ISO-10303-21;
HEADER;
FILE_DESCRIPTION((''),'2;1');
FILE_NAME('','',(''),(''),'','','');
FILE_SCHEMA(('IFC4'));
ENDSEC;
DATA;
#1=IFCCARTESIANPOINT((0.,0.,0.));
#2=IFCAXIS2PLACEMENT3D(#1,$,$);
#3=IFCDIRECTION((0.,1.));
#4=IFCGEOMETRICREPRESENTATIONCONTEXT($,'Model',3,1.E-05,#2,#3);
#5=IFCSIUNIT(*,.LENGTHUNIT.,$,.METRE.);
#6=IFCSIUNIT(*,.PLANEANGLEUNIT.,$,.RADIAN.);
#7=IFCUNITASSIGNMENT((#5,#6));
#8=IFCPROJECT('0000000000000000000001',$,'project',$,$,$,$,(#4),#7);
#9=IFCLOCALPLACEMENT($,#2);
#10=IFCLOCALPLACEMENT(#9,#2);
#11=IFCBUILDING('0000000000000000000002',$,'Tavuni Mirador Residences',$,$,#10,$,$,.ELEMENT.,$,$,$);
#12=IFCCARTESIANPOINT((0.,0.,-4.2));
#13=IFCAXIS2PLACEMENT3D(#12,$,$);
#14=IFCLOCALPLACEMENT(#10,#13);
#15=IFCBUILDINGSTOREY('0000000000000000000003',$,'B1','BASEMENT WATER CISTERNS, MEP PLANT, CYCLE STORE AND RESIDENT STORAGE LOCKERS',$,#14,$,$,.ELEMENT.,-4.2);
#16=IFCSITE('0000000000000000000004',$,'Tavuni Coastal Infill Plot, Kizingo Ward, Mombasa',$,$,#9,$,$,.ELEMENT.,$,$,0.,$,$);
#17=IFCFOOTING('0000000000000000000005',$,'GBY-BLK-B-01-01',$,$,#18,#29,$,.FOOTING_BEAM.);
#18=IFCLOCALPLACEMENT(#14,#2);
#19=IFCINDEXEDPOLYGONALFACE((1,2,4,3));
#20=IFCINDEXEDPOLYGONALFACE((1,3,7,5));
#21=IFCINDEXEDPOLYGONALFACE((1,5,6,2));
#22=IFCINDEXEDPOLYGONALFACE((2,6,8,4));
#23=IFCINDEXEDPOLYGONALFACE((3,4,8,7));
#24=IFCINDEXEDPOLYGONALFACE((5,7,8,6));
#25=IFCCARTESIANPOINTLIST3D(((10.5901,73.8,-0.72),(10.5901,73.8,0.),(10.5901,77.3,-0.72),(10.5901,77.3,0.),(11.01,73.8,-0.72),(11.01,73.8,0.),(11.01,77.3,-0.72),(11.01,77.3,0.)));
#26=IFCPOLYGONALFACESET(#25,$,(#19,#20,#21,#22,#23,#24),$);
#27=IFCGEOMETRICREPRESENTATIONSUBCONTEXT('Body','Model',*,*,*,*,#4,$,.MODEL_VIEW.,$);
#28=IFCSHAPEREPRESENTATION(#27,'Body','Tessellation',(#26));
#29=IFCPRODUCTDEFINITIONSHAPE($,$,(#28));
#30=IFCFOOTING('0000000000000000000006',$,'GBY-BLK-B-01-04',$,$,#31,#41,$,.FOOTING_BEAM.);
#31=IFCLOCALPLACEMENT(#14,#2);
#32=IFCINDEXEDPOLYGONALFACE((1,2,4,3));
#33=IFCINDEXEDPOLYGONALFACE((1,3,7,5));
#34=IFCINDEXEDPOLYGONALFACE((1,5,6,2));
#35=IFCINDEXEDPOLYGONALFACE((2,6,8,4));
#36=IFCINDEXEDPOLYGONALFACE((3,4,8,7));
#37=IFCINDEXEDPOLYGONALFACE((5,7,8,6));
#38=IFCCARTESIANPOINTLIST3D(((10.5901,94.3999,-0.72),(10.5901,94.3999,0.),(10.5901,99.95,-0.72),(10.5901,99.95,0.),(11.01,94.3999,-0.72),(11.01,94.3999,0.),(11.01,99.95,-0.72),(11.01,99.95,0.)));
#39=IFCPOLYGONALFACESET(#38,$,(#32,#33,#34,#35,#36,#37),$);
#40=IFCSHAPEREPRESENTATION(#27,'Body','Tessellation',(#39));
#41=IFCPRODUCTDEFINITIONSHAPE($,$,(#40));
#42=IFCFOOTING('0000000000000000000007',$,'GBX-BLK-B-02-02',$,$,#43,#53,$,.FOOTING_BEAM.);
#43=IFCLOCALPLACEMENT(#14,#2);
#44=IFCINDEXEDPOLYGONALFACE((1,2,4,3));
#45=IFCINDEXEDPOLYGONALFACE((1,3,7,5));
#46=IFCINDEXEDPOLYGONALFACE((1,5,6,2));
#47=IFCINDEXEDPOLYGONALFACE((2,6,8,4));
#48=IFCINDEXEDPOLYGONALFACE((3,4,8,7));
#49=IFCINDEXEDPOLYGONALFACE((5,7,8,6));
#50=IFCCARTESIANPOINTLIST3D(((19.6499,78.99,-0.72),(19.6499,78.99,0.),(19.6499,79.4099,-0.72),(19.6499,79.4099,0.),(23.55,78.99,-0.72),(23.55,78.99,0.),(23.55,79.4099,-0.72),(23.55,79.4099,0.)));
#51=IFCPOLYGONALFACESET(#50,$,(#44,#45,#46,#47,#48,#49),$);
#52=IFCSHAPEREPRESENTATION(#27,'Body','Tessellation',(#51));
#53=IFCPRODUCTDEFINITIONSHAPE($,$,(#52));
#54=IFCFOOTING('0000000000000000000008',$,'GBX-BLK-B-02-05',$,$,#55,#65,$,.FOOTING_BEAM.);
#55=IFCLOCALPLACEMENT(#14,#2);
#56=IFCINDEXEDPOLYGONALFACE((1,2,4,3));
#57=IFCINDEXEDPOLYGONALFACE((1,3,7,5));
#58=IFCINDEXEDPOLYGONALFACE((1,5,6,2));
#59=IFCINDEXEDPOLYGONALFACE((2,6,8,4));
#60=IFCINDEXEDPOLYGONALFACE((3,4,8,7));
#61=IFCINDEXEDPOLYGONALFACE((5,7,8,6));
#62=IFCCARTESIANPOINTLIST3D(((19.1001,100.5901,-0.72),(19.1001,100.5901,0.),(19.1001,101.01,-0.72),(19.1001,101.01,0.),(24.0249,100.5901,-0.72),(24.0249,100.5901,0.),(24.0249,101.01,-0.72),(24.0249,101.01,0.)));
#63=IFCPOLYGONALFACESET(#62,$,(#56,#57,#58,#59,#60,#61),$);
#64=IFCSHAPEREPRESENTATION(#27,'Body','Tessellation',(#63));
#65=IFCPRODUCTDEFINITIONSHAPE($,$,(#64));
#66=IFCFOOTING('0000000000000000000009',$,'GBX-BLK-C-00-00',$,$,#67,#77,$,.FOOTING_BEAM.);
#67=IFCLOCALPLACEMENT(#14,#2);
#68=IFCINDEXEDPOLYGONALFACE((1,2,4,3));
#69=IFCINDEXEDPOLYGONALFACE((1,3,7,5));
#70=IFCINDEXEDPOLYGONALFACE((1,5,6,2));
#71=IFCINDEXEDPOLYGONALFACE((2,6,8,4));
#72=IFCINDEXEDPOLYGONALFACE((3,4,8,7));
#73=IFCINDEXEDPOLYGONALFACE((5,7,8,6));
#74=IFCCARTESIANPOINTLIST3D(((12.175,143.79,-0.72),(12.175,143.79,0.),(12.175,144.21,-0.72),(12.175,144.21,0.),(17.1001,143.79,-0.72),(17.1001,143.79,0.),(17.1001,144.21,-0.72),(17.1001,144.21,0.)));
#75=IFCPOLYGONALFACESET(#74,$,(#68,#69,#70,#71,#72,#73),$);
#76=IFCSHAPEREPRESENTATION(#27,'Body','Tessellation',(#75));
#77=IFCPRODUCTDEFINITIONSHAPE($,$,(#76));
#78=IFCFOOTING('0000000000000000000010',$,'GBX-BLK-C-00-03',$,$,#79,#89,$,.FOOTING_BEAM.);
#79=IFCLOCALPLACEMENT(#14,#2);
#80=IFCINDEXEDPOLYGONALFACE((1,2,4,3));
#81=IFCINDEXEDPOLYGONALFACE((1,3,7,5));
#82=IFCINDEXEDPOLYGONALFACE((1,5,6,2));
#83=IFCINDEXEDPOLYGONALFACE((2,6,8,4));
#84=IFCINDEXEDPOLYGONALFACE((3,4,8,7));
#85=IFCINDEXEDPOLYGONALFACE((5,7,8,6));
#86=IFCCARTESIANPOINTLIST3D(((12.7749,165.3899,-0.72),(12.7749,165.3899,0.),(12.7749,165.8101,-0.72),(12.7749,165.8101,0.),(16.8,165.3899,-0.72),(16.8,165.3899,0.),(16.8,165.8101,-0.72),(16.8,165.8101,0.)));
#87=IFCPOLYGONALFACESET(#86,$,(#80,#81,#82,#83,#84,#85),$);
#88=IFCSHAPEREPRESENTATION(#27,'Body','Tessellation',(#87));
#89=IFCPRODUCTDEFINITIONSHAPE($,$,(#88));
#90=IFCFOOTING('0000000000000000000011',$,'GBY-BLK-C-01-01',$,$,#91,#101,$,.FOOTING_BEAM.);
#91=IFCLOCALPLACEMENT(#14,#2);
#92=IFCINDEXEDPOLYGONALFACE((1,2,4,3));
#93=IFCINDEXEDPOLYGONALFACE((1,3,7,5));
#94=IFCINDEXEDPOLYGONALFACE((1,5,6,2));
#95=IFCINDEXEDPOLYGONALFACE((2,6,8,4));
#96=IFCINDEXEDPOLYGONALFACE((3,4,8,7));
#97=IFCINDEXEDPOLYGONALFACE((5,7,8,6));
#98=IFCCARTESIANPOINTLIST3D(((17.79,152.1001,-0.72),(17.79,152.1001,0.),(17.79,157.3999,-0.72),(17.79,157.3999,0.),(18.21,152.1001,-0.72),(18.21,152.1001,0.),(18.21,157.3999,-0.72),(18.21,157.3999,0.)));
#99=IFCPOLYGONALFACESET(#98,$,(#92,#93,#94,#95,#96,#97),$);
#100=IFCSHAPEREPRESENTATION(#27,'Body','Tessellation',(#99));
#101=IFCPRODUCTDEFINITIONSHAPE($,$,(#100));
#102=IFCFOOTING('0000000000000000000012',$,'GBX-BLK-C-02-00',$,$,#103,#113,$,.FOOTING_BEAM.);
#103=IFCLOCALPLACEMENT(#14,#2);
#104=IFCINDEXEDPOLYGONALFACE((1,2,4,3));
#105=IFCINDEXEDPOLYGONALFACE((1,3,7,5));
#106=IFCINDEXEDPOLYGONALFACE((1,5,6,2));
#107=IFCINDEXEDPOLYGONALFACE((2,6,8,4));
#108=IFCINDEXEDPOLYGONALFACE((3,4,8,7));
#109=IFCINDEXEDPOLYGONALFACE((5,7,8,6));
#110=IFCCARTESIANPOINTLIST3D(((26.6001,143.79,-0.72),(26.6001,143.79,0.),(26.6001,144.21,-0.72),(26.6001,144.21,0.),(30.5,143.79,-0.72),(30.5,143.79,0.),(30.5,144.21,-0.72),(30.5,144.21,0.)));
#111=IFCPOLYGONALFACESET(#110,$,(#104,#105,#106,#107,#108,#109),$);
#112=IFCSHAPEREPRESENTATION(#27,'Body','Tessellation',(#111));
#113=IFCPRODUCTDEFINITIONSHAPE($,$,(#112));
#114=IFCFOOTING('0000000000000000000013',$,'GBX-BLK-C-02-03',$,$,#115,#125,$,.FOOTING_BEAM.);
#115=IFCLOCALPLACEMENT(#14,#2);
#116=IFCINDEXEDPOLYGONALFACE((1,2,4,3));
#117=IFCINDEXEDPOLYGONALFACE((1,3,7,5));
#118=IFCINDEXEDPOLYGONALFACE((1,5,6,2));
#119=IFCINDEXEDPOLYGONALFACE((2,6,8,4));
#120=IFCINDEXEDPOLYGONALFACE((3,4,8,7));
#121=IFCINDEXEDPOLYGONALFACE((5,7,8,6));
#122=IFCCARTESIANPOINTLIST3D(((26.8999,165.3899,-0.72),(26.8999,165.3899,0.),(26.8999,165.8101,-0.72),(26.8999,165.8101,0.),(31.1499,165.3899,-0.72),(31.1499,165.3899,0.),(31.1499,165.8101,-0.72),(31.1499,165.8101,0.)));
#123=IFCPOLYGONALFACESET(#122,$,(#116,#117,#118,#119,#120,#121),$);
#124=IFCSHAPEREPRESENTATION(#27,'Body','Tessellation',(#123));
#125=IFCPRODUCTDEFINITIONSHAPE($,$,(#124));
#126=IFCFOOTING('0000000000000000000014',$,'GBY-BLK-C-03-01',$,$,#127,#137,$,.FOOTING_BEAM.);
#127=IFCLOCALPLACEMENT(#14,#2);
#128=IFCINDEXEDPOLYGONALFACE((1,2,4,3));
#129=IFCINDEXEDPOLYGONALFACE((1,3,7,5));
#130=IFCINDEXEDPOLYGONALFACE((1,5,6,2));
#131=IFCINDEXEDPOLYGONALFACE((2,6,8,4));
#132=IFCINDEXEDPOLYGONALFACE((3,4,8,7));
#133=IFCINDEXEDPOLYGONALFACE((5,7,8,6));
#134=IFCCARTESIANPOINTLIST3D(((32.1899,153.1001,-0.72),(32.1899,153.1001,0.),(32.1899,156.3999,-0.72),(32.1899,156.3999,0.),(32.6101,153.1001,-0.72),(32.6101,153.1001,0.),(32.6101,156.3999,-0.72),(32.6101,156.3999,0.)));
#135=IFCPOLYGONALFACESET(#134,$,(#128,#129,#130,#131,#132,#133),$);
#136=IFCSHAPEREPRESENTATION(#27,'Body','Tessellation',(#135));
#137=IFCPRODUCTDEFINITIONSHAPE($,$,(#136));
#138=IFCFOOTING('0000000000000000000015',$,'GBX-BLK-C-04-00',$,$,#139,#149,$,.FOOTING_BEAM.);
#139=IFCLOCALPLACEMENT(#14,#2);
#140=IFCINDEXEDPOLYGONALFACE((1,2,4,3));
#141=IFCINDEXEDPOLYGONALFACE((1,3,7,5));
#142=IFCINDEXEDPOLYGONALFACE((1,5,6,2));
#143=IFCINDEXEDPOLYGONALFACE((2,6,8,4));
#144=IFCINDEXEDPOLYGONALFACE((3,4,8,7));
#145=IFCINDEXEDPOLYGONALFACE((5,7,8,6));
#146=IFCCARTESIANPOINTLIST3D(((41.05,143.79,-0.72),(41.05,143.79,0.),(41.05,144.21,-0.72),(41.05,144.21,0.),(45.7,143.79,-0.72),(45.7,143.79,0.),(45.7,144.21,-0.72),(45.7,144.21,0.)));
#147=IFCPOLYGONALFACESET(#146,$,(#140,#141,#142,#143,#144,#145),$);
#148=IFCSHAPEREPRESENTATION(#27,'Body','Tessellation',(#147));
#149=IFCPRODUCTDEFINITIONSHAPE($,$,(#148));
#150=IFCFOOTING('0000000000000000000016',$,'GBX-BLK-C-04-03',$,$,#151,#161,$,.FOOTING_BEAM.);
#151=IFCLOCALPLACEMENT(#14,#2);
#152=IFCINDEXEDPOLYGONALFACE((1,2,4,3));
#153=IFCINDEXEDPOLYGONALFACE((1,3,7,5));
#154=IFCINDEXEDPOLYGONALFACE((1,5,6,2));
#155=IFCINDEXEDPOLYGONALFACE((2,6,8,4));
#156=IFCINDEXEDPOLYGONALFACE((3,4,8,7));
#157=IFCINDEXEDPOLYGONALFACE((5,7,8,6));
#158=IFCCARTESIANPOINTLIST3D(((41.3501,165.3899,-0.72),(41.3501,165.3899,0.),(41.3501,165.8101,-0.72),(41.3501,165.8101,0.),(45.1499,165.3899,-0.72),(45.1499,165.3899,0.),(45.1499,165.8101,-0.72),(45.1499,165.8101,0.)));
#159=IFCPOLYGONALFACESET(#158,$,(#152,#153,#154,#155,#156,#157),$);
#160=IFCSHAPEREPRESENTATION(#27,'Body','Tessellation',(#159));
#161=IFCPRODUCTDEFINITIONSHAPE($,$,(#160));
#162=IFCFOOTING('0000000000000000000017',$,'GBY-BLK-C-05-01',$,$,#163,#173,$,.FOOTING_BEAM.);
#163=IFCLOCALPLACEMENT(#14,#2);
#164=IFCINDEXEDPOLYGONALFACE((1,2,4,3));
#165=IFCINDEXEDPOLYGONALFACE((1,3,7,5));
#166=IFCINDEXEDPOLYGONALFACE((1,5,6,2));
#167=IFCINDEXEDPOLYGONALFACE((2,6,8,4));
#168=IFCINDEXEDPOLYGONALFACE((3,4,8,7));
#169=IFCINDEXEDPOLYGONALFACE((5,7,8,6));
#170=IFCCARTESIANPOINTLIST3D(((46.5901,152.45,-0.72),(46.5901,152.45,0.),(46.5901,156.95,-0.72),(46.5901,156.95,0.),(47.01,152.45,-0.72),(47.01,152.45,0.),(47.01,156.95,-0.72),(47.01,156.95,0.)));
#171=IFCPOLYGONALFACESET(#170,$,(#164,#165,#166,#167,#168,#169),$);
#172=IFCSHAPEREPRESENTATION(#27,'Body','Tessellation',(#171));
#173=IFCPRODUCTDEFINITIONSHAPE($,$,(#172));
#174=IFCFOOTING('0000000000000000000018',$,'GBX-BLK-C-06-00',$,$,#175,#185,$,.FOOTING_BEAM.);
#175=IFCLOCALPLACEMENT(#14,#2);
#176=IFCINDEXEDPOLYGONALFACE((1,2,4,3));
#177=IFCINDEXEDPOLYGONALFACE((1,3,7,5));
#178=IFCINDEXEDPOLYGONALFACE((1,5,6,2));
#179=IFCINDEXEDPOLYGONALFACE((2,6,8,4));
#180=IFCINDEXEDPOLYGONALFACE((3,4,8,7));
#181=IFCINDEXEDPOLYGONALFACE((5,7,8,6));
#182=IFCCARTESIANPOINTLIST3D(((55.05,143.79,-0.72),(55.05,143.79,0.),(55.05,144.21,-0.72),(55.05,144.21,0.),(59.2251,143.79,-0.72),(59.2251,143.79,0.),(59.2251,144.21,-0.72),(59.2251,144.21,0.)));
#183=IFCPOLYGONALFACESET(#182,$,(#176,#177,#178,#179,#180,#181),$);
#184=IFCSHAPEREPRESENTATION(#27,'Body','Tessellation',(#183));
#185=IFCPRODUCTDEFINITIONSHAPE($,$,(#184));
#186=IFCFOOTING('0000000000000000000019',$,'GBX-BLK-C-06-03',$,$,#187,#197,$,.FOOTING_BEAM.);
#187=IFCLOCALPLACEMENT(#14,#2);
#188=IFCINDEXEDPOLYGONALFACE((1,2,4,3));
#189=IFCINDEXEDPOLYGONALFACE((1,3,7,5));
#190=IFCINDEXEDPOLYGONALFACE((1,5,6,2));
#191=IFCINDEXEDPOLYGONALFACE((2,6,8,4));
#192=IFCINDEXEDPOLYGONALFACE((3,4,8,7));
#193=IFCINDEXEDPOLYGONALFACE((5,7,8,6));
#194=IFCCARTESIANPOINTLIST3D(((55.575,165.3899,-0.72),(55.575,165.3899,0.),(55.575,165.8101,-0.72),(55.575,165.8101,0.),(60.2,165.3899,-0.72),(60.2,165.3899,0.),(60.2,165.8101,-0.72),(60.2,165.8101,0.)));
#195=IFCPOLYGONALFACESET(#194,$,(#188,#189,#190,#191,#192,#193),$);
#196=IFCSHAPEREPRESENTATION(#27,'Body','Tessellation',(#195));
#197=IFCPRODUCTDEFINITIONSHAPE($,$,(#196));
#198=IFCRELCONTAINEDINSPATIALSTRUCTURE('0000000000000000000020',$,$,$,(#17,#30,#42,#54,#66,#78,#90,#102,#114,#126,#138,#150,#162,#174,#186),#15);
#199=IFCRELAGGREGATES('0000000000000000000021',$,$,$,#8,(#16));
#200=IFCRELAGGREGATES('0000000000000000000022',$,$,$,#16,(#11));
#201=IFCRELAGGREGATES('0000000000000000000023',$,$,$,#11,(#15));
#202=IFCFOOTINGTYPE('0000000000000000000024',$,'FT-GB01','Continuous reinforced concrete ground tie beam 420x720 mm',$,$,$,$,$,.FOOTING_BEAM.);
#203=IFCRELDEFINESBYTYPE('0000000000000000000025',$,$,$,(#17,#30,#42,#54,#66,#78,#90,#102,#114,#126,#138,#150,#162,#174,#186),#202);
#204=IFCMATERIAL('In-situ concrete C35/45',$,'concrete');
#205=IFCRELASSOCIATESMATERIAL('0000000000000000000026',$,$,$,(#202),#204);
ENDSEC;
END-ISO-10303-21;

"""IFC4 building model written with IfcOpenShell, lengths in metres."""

from ifc_helpers import new_model, si_unit, direction, frame, origin, place, context, subcontext, project, spatial, polyline, outline, extrude, material, type_object, element, save


model = new_model("IFC4")

# Units and contexts
model_context = context("Model", 3, precision=1e-05, world=origin(), true_north=direction((0.0, 1.0)))
body_context = subcontext(model_context, "Body", "Model", "MODEL_VIEW")
ifc_project = project(units=[si_unit("LENGTHUNIT", "METRE"), si_unit("PLANEANGLEUNIT", "RADIAN")], contexts=[model_context])

# Site, building, storey
site_placement = place(None, origin())
site = spatial("IfcSite", under=ifc_project, at=site_placement, Name="Tavuni Coastal Infill Plot, Kizingo Ward, Mombasa", CompositionType="ELEMENT", RefElevation=0.0)
building_placement = place(site_placement, origin())
building = spatial("IfcBuilding", under=site, at=building_placement, Name="Tavuni Mirador Residences", CompositionType="ELEMENT")
storey_placement = place(building_placement, frame((0.0, 0.0, -4.2)))
storey = spatial("IfcBuildingStorey", under=building, at=storey_placement, Name="B1", Description="BASEMENT WATER CISTERNS, MEP PLANT, CYCLE STORE AND RESIDENT STORAGE LOCKERS", CompositionType="ELEMENT", Elevation=-4.2)

# Footings
ifc_material = material(Name="In-situ concrete C35/45", Category="concrete")
footing_type = type_object("IfcFootingType", Name="FT-GB01", Description="Continuous reinforced concrete ground tie beam 420x720 mm", PredefinedType="FOOTING_BEAM", material=ifc_material)
footing_1_placement = place(storey_placement, frame((0.0, 0.0, -0.72)))
element("IfcFooting", 1, at=footing_1_placement, inside=storey, type_object=footing_type, Name="GBY-BLK-B-01-01", PredefinedType="FOOTING_BEAM", context=body_context, shape_type="SweptSolid", body=[
    extrude(outline(polyline([(10.5901, 73.8), (11.01, 73.8), (11.01, 77.3), (10.5901, 77.3), (10.5901, 73.8)])), origin(), (0.0, 0.0, 1.0), 0.72),
])
footing_2_placement = place(storey_placement, frame((0.0, 0.0, -0.72)))
element("IfcFooting", 2, at=footing_2_placement, inside=storey, type_object=footing_type, Name="GBY-BLK-B-01-04", PredefinedType="FOOTING_BEAM", context=body_context, shape_type="SweptSolid", body=[
    extrude(outline(polyline([(10.5901, 94.3999), (11.01, 94.3999), (11.01, 99.95), (10.5901, 99.95), (10.5901, 94.3999)])), origin(), (0.0, 0.0, 1.0), 0.72),
])
footing_3_placement = place(storey_placement, frame((0.0, 0.0, -0.72)))
element("IfcFooting", 3, at=footing_3_placement, inside=storey, type_object=footing_type, Name="GBX-BLK-B-02-02", PredefinedType="FOOTING_BEAM", context=body_context, shape_type="SweptSolid", body=[
    extrude(outline(polyline([(19.6499, 78.99), (23.55, 78.99), (23.55, 79.4099), (19.6499, 79.4099), (19.6499, 78.99)])), origin(), (0.0, 0.0, 1.0), 0.72),
])
footing_4_placement = place(storey_placement, frame((0.0, 0.0, -0.72)))
element("IfcFooting", 4, at=footing_4_placement, inside=storey, type_object=footing_type, Name="GBX-BLK-B-02-05", PredefinedType="FOOTING_BEAM", context=body_context, shape_type="SweptSolid", body=[
    extrude(outline(polyline([(19.1001, 100.5901), (24.0249, 100.5901), (24.0249, 101.01), (19.1001, 101.01), (19.1001, 100.5901)])), origin(), (0.0, 0.0, 1.0), 0.72),
])
footing_5_placement = place(storey_placement, frame((0.0, 0.0, -0.72)))
element("IfcFooting", 5, at=footing_5_placement, inside=storey, type_object=footing_type, Name="GBX-BLK-C-00-00", PredefinedType="FOOTING_BEAM", context=body_context, shape_type="SweptSolid", body=[
    extrude(outline(polyline([(12.175, 143.79), (17.1001, 143.79), (17.1001, 144.21), (12.175, 144.21), (12.175, 143.79)])), origin(), (0.0, 0.0, 1.0), 0.72),
])
footing_6_placement = place(storey_placement, frame((0.0, 0.0, -0.72)))
element("IfcFooting", 6, at=footing_6_placement, inside=storey, type_object=footing_type, Name="GBX-BLK-C-00-03", PredefinedType="FOOTING_BEAM", context=body_context, shape_type="SweptSolid", body=[
    extrude(outline(polyline([(12.7749, 165.3899), (16.8, 165.3899), (16.8, 165.8101), (12.7749, 165.8101), (12.7749, 165.3899)])), origin(), (0.0, 0.0, 1.0), 0.72),
])
footing_7_placement = place(storey_placement, frame((0.0, 0.0, -0.72)))
element("IfcFooting", 7, at=footing_7_placement, inside=storey, type_object=footing_type, Name="GBY-BLK-C-01-01", PredefinedType="FOOTING_BEAM", context=body_context, shape_type="SweptSolid", body=[
    extrude(outline(polyline([(17.79, 152.1001), (18.21, 152.1001), (18.21, 157.3999), (17.79, 157.3999), (17.79, 152.1001)])), origin(), (0.0, 0.0, 1.0), 0.72),
])
footing_8_placement = place(storey_placement, frame((0.0, 0.0, -0.72)))
element("IfcFooting", 8, at=footing_8_placement, inside=storey, type_object=footing_type, Name="GBX-BLK-C-02-00", PredefinedType="FOOTING_BEAM", context=body_context, shape_type="SweptSolid", body=[
    extrude(outline(polyline([(26.6001, 143.79), (30.5, 143.79), (30.5, 144.21), (26.6001, 144.21), (26.6001, 143.79)])), origin(), (0.0, 0.0, 1.0), 0.72),
])
footing_9_placement = place(storey_placement, frame((0.0, 0.0, -0.72)))
element("IfcFooting", 9, at=footing_9_placement, inside=storey, type_object=footing_type, Name="GBX-BLK-C-02-03", PredefinedType="FOOTING_BEAM", context=body_context, shape_type="SweptSolid", body=[
    extrude(outline(polyline([(26.8999, 165.3899), (31.1499, 165.3899), (31.1499, 165.8101), (26.8999, 165.8101), (26.8999, 165.3899)])), origin(), (0.0, 0.0, 1.0), 0.72),
])
footing_10_placement = place(storey_placement, frame((0.0, 0.0, -0.72)))
element("IfcFooting", 10, at=footing_10_placement, inside=storey, type_object=footing_type, Name="GBY-BLK-C-03-01", PredefinedType="FOOTING_BEAM", context=body_context, shape_type="SweptSolid", body=[
    extrude(outline(polyline([(32.1899, 153.1001), (32.6101, 153.1001), (32.6101, 156.3999), (32.1899, 156.3999), (32.1899, 153.1001)])), origin(), (0.0, 0.0, 1.0), 0.72),
])
footing_11_placement = place(storey_placement, frame((0.0, 0.0, -0.72)))
element("IfcFooting", 11, at=footing_11_placement, inside=storey, type_object=footing_type, Name="GBX-BLK-C-04-00", PredefinedType="FOOTING_BEAM", context=body_context, shape_type="SweptSolid", body=[
    extrude(outline(polyline([(41.05, 143.79), (45.7, 143.79), (45.7, 144.21), (41.05, 144.21), (41.05, 143.79)])), origin(), (0.0, 0.0, 1.0), 0.72),
])
footing_12_placement = place(storey_placement, frame((0.0, 0.0, -0.72)))
element("IfcFooting", 12, at=footing_12_placement, inside=storey, type_object=footing_type, Name="GBX-BLK-C-04-03", PredefinedType="FOOTING_BEAM", context=body_context, shape_type="SweptSolid", body=[
    extrude(outline(polyline([(41.3501, 165.3899), (45.1499, 165.3899), (45.1499, 165.8101), (41.3501, 165.8101), (41.3501, 165.3899)])), origin(), (0.0, 0.0, 1.0), 0.72),
])
footing_13_placement = place(storey_placement, frame((0.0, 0.0, -0.72)))
element("IfcFooting", 13, at=footing_13_placement, inside=storey, type_object=footing_type, Name="GBY-BLK-C-05-01", PredefinedType="FOOTING_BEAM", context=body_context, shape_type="SweptSolid", body=[
    extrude(outline(polyline([(46.5901, 152.45), (47.01, 152.45), (47.01, 156.95), (46.5901, 156.95), (46.5901, 152.45)])), origin(), (0.0, 0.0, 1.0), 0.72),
])
footing_14_placement = place(storey_placement, frame((0.0, 0.0, -0.72)))
element("IfcFooting", 14, at=footing_14_placement, inside=storey, type_object=footing_type, Name="GBX-BLK-C-06-00", PredefinedType="FOOTING_BEAM", context=body_context, shape_type="SweptSolid", body=[
    extrude(outline(polyline([(55.05, 143.79), (59.2251, 143.79), (59.2251, 144.21), (55.05, 144.21), (55.05, 143.79)])), origin(), (0.0, 0.0, 1.0), 0.72),
])
footing_15_placement = place(storey_placement, frame((0.0, 0.0, -0.72)))
element("IfcFooting", 15, at=footing_15_placement, inside=storey, type_object=footing_type, Name="GBX-BLK-C-06-03", PredefinedType="FOOTING_BEAM", context=body_context, shape_type="SweptSolid", body=[
    extrude(outline(polyline([(55.575, 165.3899), (60.2, 165.3899), (60.2, 165.8101), (55.575, 165.8101), (55.575, 165.3899)])), origin(), (0.0, 0.0, 1.0), 0.72),
])

save(model, "model.ifc")
